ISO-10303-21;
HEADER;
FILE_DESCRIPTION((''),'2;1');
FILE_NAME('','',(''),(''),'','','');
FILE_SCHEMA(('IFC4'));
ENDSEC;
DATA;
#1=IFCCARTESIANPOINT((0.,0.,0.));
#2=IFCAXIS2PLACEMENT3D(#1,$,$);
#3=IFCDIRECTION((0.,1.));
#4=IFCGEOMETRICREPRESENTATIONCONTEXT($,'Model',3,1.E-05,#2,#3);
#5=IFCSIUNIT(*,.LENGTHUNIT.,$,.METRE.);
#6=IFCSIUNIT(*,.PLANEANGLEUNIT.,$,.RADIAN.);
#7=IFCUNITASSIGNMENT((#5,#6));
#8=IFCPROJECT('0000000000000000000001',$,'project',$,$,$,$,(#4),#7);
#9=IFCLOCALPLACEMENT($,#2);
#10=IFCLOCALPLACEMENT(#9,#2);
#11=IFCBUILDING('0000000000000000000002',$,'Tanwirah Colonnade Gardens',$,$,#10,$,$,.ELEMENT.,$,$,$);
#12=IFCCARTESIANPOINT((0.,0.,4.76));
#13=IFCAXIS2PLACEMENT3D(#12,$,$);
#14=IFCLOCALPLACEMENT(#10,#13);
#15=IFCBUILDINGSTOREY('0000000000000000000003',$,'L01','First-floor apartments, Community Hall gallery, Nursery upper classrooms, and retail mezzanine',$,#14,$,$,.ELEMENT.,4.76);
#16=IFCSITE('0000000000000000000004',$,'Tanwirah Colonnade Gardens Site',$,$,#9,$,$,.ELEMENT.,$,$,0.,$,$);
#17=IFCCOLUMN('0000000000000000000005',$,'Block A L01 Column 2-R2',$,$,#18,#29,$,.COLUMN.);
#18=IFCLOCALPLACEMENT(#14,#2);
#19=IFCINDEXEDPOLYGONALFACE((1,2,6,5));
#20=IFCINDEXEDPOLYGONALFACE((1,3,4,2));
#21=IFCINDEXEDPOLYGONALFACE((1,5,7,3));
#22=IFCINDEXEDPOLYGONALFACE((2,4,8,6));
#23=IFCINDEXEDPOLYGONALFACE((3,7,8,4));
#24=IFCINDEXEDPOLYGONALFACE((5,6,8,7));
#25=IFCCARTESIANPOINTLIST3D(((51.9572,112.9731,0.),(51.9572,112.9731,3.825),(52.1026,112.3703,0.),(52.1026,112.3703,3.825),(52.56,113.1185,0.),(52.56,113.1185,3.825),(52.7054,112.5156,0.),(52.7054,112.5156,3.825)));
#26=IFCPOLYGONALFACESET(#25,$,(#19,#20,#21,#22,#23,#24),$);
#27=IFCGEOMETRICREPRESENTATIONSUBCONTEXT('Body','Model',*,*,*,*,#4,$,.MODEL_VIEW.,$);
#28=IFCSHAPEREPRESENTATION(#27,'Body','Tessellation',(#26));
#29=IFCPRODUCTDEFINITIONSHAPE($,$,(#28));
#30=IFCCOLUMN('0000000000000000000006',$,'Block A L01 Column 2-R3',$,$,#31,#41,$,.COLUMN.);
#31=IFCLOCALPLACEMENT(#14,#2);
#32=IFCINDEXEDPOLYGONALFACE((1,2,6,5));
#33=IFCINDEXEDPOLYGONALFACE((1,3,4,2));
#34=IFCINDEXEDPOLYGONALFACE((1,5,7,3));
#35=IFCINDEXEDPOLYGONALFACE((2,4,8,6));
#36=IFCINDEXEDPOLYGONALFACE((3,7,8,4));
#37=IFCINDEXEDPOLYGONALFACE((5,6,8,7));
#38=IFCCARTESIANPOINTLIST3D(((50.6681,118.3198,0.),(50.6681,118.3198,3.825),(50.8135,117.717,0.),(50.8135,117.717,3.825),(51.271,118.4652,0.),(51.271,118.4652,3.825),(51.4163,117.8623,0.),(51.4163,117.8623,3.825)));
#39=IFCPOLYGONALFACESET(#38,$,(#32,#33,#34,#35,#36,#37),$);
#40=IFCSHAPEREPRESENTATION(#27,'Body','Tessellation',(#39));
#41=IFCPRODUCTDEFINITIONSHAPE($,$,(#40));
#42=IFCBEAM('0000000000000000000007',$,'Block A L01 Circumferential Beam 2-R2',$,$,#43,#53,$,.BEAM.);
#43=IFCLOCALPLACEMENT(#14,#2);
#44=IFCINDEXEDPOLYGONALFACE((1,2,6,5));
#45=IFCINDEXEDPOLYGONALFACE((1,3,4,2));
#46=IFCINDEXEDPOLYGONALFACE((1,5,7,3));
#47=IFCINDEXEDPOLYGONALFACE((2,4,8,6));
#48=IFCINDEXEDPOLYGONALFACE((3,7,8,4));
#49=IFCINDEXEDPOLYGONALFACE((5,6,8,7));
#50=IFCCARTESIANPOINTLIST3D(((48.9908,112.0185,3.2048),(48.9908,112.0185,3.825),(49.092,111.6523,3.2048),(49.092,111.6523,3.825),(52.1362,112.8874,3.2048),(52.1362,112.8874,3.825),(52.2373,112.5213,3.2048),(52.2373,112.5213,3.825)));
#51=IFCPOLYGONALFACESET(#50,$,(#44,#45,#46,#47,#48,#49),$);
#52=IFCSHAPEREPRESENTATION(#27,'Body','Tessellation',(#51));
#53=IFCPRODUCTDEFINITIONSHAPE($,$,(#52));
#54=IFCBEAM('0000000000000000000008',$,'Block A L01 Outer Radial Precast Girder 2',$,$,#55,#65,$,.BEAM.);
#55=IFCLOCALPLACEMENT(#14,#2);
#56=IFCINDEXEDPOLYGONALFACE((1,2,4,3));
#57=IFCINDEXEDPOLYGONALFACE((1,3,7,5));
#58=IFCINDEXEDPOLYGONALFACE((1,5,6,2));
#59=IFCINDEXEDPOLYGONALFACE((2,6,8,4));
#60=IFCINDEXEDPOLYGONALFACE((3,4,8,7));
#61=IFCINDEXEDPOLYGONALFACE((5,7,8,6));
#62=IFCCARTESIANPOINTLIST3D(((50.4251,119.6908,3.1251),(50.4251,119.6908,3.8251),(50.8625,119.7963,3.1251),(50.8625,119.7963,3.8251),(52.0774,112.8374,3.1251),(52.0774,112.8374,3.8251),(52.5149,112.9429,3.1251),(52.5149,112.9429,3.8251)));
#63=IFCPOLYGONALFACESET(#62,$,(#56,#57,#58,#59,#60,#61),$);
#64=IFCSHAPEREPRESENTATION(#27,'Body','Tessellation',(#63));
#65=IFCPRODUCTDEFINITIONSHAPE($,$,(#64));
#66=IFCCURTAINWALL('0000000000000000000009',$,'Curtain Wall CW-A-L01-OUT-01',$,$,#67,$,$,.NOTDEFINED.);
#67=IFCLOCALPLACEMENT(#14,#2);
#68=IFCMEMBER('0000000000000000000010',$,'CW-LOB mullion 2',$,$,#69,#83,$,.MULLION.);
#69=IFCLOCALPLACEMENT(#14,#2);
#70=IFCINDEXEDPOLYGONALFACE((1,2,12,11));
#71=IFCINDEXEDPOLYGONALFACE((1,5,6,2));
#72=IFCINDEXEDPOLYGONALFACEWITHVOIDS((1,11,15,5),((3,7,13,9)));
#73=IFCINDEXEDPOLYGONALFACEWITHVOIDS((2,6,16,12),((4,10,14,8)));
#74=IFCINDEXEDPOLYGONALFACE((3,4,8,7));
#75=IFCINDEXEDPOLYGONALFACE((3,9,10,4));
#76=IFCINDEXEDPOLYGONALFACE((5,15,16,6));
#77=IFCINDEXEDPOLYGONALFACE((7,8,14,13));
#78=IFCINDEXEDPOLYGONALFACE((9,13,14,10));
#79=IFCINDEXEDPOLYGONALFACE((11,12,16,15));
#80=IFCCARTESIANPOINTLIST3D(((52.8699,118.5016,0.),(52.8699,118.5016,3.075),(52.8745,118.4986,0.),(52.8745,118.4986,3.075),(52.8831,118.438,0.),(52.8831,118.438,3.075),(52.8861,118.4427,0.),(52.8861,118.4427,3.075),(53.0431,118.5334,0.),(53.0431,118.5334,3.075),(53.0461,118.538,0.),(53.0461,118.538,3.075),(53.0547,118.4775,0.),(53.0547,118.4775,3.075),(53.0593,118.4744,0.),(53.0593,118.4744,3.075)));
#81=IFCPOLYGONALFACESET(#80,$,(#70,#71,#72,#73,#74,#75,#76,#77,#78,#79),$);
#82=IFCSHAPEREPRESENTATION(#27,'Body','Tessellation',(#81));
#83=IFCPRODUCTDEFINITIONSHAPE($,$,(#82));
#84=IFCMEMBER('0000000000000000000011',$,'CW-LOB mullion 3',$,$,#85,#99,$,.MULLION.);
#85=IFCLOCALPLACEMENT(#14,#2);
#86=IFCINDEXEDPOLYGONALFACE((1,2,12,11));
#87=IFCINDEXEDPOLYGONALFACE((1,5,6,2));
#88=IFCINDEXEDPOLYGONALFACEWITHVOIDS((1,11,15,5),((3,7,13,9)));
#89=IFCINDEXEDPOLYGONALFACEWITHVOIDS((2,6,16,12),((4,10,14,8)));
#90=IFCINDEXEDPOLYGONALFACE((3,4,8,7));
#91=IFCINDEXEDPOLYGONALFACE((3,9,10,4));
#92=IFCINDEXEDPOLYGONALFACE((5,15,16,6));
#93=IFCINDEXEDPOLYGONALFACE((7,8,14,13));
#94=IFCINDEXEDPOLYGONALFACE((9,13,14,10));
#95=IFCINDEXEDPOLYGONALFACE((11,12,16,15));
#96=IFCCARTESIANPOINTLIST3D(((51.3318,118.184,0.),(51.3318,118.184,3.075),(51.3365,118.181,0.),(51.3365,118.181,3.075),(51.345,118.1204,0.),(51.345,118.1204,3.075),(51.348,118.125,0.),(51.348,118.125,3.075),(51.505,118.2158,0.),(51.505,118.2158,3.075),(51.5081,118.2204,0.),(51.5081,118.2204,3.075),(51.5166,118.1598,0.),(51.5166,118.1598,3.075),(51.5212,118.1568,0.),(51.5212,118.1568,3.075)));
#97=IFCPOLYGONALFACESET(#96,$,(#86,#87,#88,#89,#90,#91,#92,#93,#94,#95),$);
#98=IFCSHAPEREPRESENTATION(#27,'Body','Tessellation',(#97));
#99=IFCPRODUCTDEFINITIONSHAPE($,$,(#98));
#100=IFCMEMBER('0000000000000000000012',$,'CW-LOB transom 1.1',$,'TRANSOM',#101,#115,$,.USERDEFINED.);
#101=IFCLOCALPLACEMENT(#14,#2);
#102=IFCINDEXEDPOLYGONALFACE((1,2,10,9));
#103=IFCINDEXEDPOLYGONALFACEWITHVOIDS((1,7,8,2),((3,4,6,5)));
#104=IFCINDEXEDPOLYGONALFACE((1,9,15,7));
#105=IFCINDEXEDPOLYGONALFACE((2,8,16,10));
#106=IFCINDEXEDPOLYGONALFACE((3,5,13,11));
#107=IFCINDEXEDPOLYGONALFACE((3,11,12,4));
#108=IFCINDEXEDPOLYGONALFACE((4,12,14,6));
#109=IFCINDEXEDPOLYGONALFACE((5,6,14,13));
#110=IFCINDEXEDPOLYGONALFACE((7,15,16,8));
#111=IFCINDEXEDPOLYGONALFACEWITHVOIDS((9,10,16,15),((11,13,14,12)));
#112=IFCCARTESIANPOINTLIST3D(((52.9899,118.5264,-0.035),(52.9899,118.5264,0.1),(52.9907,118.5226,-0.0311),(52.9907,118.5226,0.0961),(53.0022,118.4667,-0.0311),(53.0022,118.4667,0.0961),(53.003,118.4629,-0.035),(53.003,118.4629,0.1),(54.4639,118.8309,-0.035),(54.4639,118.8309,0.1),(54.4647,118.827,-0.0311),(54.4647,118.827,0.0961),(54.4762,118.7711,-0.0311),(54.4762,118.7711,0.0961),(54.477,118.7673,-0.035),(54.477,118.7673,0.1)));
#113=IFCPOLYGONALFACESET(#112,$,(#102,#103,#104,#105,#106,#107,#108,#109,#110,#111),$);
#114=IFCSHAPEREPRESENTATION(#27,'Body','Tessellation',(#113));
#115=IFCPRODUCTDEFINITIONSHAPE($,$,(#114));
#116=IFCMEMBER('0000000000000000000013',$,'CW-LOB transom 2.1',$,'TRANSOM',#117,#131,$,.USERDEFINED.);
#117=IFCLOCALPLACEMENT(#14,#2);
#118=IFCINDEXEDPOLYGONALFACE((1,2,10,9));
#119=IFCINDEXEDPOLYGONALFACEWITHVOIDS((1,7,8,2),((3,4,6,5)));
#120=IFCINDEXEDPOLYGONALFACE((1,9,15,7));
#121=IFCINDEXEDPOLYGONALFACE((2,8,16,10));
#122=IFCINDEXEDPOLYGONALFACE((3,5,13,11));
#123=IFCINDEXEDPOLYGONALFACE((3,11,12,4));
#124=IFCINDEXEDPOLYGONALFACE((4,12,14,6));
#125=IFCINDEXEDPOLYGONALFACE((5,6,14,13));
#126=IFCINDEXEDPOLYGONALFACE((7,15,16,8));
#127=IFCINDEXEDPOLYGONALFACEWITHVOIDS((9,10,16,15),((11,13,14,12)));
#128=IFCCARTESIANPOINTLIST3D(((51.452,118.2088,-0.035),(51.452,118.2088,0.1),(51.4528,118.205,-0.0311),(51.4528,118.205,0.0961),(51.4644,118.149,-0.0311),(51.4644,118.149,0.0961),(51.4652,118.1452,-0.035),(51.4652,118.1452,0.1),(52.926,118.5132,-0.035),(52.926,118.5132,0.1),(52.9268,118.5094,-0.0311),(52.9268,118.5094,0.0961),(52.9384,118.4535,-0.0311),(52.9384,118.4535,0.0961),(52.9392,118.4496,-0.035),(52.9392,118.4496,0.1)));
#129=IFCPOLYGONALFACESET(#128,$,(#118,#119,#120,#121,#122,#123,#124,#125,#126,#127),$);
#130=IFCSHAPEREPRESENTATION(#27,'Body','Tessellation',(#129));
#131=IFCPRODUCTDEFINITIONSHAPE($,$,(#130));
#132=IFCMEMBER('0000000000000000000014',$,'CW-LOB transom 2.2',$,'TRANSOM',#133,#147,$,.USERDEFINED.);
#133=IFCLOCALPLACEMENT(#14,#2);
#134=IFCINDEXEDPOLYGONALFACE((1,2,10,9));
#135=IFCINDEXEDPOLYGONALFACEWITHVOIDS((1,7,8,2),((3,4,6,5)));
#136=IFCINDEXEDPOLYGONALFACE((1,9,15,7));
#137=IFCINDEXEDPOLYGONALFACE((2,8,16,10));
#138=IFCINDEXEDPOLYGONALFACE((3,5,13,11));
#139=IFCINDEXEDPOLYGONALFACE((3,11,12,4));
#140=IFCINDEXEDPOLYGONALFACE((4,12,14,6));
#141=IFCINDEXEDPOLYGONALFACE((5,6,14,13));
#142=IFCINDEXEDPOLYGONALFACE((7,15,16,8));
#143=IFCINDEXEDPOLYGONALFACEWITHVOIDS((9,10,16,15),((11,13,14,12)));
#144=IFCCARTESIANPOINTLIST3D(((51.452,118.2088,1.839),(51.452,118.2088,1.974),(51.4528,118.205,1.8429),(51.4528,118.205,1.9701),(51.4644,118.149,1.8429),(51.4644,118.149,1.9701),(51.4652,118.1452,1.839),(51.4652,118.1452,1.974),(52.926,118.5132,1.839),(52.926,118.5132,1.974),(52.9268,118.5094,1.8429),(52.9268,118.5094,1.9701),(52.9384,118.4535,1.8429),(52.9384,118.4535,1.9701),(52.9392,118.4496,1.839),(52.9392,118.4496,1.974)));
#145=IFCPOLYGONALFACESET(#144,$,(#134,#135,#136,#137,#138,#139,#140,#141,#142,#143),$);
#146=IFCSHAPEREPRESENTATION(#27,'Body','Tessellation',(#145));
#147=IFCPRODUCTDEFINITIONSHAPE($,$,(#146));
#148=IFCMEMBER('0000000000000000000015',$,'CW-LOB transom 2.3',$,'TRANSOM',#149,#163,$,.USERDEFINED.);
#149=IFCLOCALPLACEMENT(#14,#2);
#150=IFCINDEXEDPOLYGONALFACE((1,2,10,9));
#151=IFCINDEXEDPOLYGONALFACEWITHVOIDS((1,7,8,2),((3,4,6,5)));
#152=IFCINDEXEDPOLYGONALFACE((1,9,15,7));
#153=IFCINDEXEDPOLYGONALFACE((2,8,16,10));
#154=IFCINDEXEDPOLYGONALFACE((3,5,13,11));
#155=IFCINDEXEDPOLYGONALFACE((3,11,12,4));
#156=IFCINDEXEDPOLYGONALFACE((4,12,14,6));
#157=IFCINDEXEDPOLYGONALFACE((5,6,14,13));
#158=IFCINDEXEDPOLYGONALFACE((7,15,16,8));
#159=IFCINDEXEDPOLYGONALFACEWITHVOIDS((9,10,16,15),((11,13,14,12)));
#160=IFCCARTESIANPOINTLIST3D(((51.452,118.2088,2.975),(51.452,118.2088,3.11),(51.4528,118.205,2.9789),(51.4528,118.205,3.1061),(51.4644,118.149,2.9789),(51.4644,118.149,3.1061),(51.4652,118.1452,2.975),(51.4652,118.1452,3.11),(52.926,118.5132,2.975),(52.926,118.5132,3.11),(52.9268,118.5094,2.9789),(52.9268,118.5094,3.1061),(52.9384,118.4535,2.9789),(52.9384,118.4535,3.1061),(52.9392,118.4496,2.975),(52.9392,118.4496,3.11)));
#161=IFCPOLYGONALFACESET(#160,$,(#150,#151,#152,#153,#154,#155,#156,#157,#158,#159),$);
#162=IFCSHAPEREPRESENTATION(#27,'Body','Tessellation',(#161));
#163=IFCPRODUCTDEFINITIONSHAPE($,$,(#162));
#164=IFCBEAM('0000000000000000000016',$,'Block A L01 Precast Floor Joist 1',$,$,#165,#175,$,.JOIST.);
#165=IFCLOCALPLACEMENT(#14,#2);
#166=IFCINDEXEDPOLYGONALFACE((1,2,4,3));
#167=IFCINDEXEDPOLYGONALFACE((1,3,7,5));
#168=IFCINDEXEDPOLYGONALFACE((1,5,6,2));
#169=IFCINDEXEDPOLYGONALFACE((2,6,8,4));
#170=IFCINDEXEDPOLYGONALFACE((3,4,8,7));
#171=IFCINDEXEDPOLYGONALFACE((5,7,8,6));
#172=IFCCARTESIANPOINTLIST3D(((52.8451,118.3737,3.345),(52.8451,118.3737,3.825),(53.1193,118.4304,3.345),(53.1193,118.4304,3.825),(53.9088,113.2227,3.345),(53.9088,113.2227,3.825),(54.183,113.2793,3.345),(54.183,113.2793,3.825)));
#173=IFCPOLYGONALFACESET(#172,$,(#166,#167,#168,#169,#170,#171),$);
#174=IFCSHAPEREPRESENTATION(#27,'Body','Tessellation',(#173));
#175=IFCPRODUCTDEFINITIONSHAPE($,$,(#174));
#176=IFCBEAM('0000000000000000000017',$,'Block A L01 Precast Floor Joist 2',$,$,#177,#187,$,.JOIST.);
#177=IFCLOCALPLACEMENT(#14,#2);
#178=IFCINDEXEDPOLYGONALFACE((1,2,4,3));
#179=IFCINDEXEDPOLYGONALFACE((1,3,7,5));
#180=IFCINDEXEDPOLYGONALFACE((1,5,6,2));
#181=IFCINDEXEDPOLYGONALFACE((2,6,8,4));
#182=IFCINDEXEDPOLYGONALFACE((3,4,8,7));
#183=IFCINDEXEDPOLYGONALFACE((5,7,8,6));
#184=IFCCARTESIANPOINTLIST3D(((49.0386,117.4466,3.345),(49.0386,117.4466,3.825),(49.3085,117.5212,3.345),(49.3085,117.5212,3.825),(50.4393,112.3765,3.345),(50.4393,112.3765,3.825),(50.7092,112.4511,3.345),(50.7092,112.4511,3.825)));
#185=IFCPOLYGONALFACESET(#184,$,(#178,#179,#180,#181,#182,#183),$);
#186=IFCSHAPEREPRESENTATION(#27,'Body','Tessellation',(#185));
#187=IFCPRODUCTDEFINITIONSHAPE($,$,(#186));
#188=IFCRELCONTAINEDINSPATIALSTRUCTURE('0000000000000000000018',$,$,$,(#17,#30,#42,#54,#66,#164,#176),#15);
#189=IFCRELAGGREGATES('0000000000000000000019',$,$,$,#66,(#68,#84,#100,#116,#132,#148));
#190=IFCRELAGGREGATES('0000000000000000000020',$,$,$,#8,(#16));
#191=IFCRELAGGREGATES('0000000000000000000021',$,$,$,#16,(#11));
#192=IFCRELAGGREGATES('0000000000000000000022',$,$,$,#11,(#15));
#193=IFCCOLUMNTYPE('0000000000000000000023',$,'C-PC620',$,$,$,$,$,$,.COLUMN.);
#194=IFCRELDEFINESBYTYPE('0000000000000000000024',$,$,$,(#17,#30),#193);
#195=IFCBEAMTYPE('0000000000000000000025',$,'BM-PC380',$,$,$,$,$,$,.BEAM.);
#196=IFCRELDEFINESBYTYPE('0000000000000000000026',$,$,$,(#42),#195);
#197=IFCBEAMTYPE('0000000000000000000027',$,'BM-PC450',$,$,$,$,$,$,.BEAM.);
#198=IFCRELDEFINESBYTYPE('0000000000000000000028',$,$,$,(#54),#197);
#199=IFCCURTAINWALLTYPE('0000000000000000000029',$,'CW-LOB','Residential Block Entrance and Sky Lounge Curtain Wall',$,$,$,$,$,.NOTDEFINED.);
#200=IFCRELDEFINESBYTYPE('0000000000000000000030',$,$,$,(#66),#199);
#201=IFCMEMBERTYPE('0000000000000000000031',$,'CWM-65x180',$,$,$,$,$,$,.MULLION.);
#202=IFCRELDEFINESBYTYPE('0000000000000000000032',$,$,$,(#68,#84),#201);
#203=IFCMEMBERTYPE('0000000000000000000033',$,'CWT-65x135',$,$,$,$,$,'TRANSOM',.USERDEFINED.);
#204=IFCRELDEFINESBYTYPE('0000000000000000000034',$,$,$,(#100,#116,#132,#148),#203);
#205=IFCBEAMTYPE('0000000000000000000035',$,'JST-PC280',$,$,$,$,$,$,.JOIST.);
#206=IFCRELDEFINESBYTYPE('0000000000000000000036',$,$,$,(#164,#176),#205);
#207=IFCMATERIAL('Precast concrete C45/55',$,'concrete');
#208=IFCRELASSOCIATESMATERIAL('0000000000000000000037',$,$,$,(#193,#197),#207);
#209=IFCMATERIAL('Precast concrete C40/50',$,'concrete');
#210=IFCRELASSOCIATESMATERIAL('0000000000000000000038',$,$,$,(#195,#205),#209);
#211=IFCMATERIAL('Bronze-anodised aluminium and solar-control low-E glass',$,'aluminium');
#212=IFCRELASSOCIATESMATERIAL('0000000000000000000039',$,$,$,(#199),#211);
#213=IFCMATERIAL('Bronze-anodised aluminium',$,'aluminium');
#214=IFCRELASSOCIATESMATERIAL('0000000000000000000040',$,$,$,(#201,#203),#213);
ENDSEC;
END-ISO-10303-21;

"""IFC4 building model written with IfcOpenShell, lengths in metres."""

from ifc_helpers import new_model, si_unit, direction, frame, origin, origin_2d, place, context, subcontext, project, spatial, rectangle, hollow_rectangle, extrude, material, material_profile, profile_set, type_object, element, aggregate, save


model = new_model("IFC4")

# Units and contexts
model_context = context("Model", 3, precision=1e-05, world=origin(), true_north=direction((0.0, 1.0)))
body_context = subcontext(model_context, "Body", "Model", "MODEL_VIEW")
ifc_project = project(units=[si_unit("LENGTHUNIT", "METRE"), si_unit("PLANEANGLEUNIT", "RADIAN")], contexts=[model_context])

# Site, building, storey
site_placement = place(None, origin())
site = spatial("IfcSite", under=ifc_project, at=site_placement, Name="Tanwirah Colonnade Gardens Site", CompositionType="ELEMENT", RefElevation=0.0)
building_placement = place(site_placement, origin())
building = spatial("IfcBuilding", under=site, at=building_placement, Name="Tanwirah Colonnade Gardens", CompositionType="ELEMENT")
storey_placement = place(building_placement, frame((0.0, 0.0, 4.76)))
storey = spatial("IfcBuildingStorey", under=building, at=storey_placement, Name="L01", Description="First-floor apartments, Community Hall gallery, Nursery upper classrooms, and retail mezzanine", CompositionType="ELEMENT", Elevation=4.76)

# Columns
ifc_material_1 = material(Name="Precast concrete C45/55", Category="concrete")
ifc_material_profile_1 = material_profile(ifc_material_1, rectangle(XDim=0.6201, YDim=0.6201, at=origin_2d()), Name="PC-COL 620x620")
ifc_profile_set_1 = profile_set([ifc_material_profile_1], Name="Precast concrete C45/55")
column_type = type_object("IfcColumnType", Name="C-PC620", PredefinedType="COLUMN", material=ifc_profile_set_1)
for number, where, z_axis, x_axis, name in (
    (1, (52.3313, 112.7444, 0.0), (0.0, 0.0, 1.0), (-0.234388, 0.972143, 0.0), "Block A L01 Column 2-R2"),
    (2, (51.0422, 118.0911, 0.0), (0.0, 0.0, 1.0), (-0.234388, 0.972143, 0.0), "Block A L01 Column 2-R3"),
):
    element("IfcColumn", number, at=place(storey_placement, frame(where, z_axis=z_axis, x_axis=x_axis)), inside=storey, type_object=column_type, Name=name, PredefinedType="COLUMN", context=body_context, shape_type="SweptSolid", body=[
        extrude(rectangle(XDim=0.6201, YDim=0.6201, at=origin_2d()), origin(), (0.0, 0.0, 1.0), 3.825),
    ])

# Beams
ifc_material_2 = material(Name="Precast concrete C40/50", Category="concrete")
ifc_material_profile_2 = material_profile(ifc_material_2, rectangle(XDim=0.3799, YDim=0.6201, at=origin_2d()), Name="PC-BM 380x620")
ifc_profile_set_2 = profile_set([ifc_material_profile_2], Name="Precast concrete C40/50")
beam_type_1 = type_object("IfcBeamType", Name="BM-PC380", PredefinedType="BEAM", material=ifc_profile_set_2)
beam_1_placement = place(storey_placement, frame((52.1868, 112.7043, 3.5149), z_axis=(-0.963895, -0.266281, 0.0), x_axis=(0.266281, -0.963895, 0.0)))
element("IfcBeam", 3, at=beam_1_placement, inside=storey, type_object=beam_type_1, Name="Block A L01 Circumferential Beam 2-R2", PredefinedType="BEAM", context=body_context, shape_type="SweptSolid", body=[
    extrude(rectangle(XDim=0.3799, YDim=0.6201, at=origin_2d()), origin(), (0.0, 0.0, 1.0), 3.2632),
])
ifc_material_profile_3 = material_profile(ifc_material_1, rectangle(XDim=0.45, YDim=0.7, at=origin_2d()), Name="PC-BM 450x700")
ifc_profile_set_3 = profile_set([ifc_material_profile_3], Name="Precast concrete C45/55")
beam_type_2 = type_object("IfcBeamType", Name="BM-PC450", PredefinedType="BEAM", material=ifc_profile_set_3)
beam_2_placement = place(storey_placement, frame((52.2961, 112.8901, 3.4751), z_axis=(-0.234379, 0.972145, 0.0), x_axis=(-0.972145, -0.234379, 0.0)))
element("IfcBeam", 4, at=beam_2_placement, inside=storey, type_object=beam_type_2, Name="Block A L01 Outer Radial Precast Girder 2", PredefinedType="BEAM", context=body_context, shape_type="SweptSolid", body=[
    extrude(rectangle(XDim=0.45, YDim=0.7, at=origin_2d()), origin(), (0.0, 0.0, 1.0), 7.0498),
])

# Curtain wall, members
ifc_material_3 = material(Name="Bronze-anodised aluminium and solar-control low-E glass", Category="aluminium")
curtain_wall_type = type_object("IfcCurtainWallType", Name="CW-LOB", Description="Residential Block Entrance and Sky Lounge Curtain Wall", PredefinedType="NOTDEFINED", material=ifc_material_3)
curtain_wall_placement = place(storey_placement, origin())
curtain_wall = element("IfcCurtainWall", 5, at=curtain_wall_placement, inside=storey, type_object=curtain_wall_type, Name="Curtain Wall CW-A-L01-OUT-01", PredefinedType="NOTDEFINED")
ifc_material_4 = material(Name="Bronze-anodised aluminium", Category="aluminium")
ifc_material_profile_4 = material_profile(ifc_material_4, hollow_rectangle(XDim=0.0649, YDim=0.1799, WallThickness=0.0039, at=origin_2d()), Name="CW-MUL 65x180x4")
ifc_profile_set_4 = profile_set([ifc_material_profile_4], Name="Bronze-anodised aluminium")
member_type_1 = type_object("IfcMemberType", Name="CWM-65x180", PredefinedType="MULLION", material=ifc_profile_set_4)
member_1_placement = place(storey_placement, frame((52.9646, 118.488, 0.0), z_axis=(0.0, 0.0, 1.0), x_axis=(0.202218, -0.979341, 0.0)))
member_1 = element("IfcMember", 6, at=member_1_placement, type_object=member_type_1, Name="CW-LOB mullion 2", PredefinedType="MULLION", context=body_context, shape_type="SweptSolid", body=[
    extrude(hollow_rectangle(XDim=0.0649, YDim=0.1799, WallThickness=0.0039, at=origin_2d()), origin(), (0.0, 0.0, 1.0), 3.075),
])
member_2_placement = place(storey_placement, frame((51.4265, 118.1704, 0.0), z_axis=(0.0, 0.0, 1.0), x_axis=(0.202218, -0.979341, 0.0)))
member_2 = element("IfcMember", 7, at=member_2_placement, type_object=member_type_1, Name="CW-LOB mullion 3", PredefinedType="MULLION", context=body_context, shape_type="SweptSolid", body=[
    extrude(hollow_rectangle(XDim=0.0649, YDim=0.1799, WallThickness=0.0039, at=origin_2d()), origin(), (0.0, 0.0, 1.0), 3.075),
])
ifc_material_profile_5 = material_profile(ifc_material_4, hollow_rectangle(XDim=0.0649, YDim=0.135, WallThickness=0.0039, at=origin_2d()), Name="CW-TRN 65x135x4")
ifc_profile_set_5 = profile_set([ifc_material_profile_5], Name="Bronze-anodised aluminium")
member_type_2 = type_object("IfcMemberType", Name="CWT-65x135", ElementType="TRANSOM", PredefinedType="USERDEFINED", material=ifc_profile_set_5)
member_3_placement = place(storey_placement, frame((54.4705, 118.7991, 0.0325), z_axis=(-0.979332, -0.202257, 0.0), x_axis=(0.202257, -0.979332, 0.0)))
member_3 = element("IfcMember", 8, at=member_3_placement, type_object=member_type_2, Name="CW-LOB transom 1.1", ObjectType="TRANSOM", PredefinedType="USERDEFINED", context=body_context, shape_type="SweptSolid", body=[
    extrude(hollow_rectangle(XDim=0.0649, YDim=0.135, WallThickness=0.0039, at=origin_2d()), origin(), (0.0, 0.0, 1.0), 1.5051),
])
member_4_placement = place(storey_placement, frame((52.9326, 118.4814, 0.0325), z_axis=(-0.979332, -0.202257, 0.0), x_axis=(0.202257, -0.979332, 0.0)))
member_4 = element("IfcMember", 9, at=member_4_placement, type_object=member_type_2, Name="CW-LOB transom 2.1", ObjectType="TRANSOM", PredefinedType="USERDEFINED", context=body_context, shape_type="SweptSolid", body=[
    extrude(hollow_rectangle(XDim=0.0649, YDim=0.135, WallThickness=0.0039, at=origin_2d()), origin(), (0.0, 0.0, 1.0), 1.5051),
])
member_5_placement = place(storey_placement, frame((52.9326, 118.4814, 1.9065), z_axis=(-0.979332, -0.202257, 0.0), x_axis=(0.202257, -0.979332, 0.0)))
member_5 = element("IfcMember", 10, at=member_5_placement, type_object=member_type_2, Name="CW-LOB transom 2.2", ObjectType="TRANSOM", PredefinedType="USERDEFINED", context=body_context, shape_type="SweptSolid", body=[
    extrude(hollow_rectangle(XDim=0.0649, YDim=0.135, WallThickness=0.0039, at=origin_2d()), origin(), (0.0, 0.0, 1.0), 1.5051),
])
member_6_placement = place(storey_placement, frame((52.9326, 118.4814, 3.0425), z_axis=(-0.979332, -0.202257, 0.0), x_axis=(0.202257, -0.979332, 0.0)))
member_6 = element("IfcMember", 11, at=member_6_placement, type_object=member_type_2, Name="CW-LOB transom 2.3", ObjectType="TRANSOM", PredefinedType="USERDEFINED", context=body_context, shape_type="SweptSolid", body=[
    extrude(hollow_rectangle(XDim=0.0649, YDim=0.135, WallThickness=0.0039, at=origin_2d()), origin(), (0.0, 0.0, 1.0), 1.5051),
])

# Beams
ifc_material_profile_6 = material_profile(ifc_material_2, rectangle(XDim=0.28, YDim=0.48, at=origin_2d()), Name="PC-JST 280x480")
ifc_profile_set_6 = profile_set([ifc_material_profile_6], Name="Precast concrete C40/50")
beam_type_3 = type_object("IfcBeamType", Name="JST-PC280", PredefinedType="JOIST", material=ifc_profile_set_6)
beam_3_placement = place(storey_placement, frame((54.0459, 113.251, 3.585), z_axis=(-0.202236, 0.979337, 0.0), x_axis=(-0.979337, -0.202236, 0.0)))
element("IfcBeam", 12, at=beam_3_placement, inside=storey, type_object=beam_type_3, Name="Block A L01 Precast Floor Joist 1", PredefinedType="JOIST", context=body_context, shape_type="SweptSolid", body=[
    extrude(rectangle(XDim=0.28, YDim=0.48, at=origin_2d()), origin(), (0.0, 0.0, 1.0), 5.2598),
])
beam_4_placement = place(storey_placement, frame((50.5742, 112.4138, 3.585), z_axis=(-0.266281, 0.963895, 0.0), x_axis=(-0.963895, -0.266281, 0.0)))
element("IfcBeam", 13, at=beam_4_placement, inside=storey, type_object=beam_type_3, Name="Block A L01 Precast Floor Joist 2", PredefinedType="JOIST", context=body_context, shape_type="SweptSolid", body=[
    extrude(rectangle(XDim=0.28, YDim=0.48, at=origin_2d()), origin(), (0.0, 0.0, 1.0), 5.26),
])

aggregate(curtain_wall, [member_1, member_2, member_3, member_4, member_5, member_6])

save(model, "model.ifc")
